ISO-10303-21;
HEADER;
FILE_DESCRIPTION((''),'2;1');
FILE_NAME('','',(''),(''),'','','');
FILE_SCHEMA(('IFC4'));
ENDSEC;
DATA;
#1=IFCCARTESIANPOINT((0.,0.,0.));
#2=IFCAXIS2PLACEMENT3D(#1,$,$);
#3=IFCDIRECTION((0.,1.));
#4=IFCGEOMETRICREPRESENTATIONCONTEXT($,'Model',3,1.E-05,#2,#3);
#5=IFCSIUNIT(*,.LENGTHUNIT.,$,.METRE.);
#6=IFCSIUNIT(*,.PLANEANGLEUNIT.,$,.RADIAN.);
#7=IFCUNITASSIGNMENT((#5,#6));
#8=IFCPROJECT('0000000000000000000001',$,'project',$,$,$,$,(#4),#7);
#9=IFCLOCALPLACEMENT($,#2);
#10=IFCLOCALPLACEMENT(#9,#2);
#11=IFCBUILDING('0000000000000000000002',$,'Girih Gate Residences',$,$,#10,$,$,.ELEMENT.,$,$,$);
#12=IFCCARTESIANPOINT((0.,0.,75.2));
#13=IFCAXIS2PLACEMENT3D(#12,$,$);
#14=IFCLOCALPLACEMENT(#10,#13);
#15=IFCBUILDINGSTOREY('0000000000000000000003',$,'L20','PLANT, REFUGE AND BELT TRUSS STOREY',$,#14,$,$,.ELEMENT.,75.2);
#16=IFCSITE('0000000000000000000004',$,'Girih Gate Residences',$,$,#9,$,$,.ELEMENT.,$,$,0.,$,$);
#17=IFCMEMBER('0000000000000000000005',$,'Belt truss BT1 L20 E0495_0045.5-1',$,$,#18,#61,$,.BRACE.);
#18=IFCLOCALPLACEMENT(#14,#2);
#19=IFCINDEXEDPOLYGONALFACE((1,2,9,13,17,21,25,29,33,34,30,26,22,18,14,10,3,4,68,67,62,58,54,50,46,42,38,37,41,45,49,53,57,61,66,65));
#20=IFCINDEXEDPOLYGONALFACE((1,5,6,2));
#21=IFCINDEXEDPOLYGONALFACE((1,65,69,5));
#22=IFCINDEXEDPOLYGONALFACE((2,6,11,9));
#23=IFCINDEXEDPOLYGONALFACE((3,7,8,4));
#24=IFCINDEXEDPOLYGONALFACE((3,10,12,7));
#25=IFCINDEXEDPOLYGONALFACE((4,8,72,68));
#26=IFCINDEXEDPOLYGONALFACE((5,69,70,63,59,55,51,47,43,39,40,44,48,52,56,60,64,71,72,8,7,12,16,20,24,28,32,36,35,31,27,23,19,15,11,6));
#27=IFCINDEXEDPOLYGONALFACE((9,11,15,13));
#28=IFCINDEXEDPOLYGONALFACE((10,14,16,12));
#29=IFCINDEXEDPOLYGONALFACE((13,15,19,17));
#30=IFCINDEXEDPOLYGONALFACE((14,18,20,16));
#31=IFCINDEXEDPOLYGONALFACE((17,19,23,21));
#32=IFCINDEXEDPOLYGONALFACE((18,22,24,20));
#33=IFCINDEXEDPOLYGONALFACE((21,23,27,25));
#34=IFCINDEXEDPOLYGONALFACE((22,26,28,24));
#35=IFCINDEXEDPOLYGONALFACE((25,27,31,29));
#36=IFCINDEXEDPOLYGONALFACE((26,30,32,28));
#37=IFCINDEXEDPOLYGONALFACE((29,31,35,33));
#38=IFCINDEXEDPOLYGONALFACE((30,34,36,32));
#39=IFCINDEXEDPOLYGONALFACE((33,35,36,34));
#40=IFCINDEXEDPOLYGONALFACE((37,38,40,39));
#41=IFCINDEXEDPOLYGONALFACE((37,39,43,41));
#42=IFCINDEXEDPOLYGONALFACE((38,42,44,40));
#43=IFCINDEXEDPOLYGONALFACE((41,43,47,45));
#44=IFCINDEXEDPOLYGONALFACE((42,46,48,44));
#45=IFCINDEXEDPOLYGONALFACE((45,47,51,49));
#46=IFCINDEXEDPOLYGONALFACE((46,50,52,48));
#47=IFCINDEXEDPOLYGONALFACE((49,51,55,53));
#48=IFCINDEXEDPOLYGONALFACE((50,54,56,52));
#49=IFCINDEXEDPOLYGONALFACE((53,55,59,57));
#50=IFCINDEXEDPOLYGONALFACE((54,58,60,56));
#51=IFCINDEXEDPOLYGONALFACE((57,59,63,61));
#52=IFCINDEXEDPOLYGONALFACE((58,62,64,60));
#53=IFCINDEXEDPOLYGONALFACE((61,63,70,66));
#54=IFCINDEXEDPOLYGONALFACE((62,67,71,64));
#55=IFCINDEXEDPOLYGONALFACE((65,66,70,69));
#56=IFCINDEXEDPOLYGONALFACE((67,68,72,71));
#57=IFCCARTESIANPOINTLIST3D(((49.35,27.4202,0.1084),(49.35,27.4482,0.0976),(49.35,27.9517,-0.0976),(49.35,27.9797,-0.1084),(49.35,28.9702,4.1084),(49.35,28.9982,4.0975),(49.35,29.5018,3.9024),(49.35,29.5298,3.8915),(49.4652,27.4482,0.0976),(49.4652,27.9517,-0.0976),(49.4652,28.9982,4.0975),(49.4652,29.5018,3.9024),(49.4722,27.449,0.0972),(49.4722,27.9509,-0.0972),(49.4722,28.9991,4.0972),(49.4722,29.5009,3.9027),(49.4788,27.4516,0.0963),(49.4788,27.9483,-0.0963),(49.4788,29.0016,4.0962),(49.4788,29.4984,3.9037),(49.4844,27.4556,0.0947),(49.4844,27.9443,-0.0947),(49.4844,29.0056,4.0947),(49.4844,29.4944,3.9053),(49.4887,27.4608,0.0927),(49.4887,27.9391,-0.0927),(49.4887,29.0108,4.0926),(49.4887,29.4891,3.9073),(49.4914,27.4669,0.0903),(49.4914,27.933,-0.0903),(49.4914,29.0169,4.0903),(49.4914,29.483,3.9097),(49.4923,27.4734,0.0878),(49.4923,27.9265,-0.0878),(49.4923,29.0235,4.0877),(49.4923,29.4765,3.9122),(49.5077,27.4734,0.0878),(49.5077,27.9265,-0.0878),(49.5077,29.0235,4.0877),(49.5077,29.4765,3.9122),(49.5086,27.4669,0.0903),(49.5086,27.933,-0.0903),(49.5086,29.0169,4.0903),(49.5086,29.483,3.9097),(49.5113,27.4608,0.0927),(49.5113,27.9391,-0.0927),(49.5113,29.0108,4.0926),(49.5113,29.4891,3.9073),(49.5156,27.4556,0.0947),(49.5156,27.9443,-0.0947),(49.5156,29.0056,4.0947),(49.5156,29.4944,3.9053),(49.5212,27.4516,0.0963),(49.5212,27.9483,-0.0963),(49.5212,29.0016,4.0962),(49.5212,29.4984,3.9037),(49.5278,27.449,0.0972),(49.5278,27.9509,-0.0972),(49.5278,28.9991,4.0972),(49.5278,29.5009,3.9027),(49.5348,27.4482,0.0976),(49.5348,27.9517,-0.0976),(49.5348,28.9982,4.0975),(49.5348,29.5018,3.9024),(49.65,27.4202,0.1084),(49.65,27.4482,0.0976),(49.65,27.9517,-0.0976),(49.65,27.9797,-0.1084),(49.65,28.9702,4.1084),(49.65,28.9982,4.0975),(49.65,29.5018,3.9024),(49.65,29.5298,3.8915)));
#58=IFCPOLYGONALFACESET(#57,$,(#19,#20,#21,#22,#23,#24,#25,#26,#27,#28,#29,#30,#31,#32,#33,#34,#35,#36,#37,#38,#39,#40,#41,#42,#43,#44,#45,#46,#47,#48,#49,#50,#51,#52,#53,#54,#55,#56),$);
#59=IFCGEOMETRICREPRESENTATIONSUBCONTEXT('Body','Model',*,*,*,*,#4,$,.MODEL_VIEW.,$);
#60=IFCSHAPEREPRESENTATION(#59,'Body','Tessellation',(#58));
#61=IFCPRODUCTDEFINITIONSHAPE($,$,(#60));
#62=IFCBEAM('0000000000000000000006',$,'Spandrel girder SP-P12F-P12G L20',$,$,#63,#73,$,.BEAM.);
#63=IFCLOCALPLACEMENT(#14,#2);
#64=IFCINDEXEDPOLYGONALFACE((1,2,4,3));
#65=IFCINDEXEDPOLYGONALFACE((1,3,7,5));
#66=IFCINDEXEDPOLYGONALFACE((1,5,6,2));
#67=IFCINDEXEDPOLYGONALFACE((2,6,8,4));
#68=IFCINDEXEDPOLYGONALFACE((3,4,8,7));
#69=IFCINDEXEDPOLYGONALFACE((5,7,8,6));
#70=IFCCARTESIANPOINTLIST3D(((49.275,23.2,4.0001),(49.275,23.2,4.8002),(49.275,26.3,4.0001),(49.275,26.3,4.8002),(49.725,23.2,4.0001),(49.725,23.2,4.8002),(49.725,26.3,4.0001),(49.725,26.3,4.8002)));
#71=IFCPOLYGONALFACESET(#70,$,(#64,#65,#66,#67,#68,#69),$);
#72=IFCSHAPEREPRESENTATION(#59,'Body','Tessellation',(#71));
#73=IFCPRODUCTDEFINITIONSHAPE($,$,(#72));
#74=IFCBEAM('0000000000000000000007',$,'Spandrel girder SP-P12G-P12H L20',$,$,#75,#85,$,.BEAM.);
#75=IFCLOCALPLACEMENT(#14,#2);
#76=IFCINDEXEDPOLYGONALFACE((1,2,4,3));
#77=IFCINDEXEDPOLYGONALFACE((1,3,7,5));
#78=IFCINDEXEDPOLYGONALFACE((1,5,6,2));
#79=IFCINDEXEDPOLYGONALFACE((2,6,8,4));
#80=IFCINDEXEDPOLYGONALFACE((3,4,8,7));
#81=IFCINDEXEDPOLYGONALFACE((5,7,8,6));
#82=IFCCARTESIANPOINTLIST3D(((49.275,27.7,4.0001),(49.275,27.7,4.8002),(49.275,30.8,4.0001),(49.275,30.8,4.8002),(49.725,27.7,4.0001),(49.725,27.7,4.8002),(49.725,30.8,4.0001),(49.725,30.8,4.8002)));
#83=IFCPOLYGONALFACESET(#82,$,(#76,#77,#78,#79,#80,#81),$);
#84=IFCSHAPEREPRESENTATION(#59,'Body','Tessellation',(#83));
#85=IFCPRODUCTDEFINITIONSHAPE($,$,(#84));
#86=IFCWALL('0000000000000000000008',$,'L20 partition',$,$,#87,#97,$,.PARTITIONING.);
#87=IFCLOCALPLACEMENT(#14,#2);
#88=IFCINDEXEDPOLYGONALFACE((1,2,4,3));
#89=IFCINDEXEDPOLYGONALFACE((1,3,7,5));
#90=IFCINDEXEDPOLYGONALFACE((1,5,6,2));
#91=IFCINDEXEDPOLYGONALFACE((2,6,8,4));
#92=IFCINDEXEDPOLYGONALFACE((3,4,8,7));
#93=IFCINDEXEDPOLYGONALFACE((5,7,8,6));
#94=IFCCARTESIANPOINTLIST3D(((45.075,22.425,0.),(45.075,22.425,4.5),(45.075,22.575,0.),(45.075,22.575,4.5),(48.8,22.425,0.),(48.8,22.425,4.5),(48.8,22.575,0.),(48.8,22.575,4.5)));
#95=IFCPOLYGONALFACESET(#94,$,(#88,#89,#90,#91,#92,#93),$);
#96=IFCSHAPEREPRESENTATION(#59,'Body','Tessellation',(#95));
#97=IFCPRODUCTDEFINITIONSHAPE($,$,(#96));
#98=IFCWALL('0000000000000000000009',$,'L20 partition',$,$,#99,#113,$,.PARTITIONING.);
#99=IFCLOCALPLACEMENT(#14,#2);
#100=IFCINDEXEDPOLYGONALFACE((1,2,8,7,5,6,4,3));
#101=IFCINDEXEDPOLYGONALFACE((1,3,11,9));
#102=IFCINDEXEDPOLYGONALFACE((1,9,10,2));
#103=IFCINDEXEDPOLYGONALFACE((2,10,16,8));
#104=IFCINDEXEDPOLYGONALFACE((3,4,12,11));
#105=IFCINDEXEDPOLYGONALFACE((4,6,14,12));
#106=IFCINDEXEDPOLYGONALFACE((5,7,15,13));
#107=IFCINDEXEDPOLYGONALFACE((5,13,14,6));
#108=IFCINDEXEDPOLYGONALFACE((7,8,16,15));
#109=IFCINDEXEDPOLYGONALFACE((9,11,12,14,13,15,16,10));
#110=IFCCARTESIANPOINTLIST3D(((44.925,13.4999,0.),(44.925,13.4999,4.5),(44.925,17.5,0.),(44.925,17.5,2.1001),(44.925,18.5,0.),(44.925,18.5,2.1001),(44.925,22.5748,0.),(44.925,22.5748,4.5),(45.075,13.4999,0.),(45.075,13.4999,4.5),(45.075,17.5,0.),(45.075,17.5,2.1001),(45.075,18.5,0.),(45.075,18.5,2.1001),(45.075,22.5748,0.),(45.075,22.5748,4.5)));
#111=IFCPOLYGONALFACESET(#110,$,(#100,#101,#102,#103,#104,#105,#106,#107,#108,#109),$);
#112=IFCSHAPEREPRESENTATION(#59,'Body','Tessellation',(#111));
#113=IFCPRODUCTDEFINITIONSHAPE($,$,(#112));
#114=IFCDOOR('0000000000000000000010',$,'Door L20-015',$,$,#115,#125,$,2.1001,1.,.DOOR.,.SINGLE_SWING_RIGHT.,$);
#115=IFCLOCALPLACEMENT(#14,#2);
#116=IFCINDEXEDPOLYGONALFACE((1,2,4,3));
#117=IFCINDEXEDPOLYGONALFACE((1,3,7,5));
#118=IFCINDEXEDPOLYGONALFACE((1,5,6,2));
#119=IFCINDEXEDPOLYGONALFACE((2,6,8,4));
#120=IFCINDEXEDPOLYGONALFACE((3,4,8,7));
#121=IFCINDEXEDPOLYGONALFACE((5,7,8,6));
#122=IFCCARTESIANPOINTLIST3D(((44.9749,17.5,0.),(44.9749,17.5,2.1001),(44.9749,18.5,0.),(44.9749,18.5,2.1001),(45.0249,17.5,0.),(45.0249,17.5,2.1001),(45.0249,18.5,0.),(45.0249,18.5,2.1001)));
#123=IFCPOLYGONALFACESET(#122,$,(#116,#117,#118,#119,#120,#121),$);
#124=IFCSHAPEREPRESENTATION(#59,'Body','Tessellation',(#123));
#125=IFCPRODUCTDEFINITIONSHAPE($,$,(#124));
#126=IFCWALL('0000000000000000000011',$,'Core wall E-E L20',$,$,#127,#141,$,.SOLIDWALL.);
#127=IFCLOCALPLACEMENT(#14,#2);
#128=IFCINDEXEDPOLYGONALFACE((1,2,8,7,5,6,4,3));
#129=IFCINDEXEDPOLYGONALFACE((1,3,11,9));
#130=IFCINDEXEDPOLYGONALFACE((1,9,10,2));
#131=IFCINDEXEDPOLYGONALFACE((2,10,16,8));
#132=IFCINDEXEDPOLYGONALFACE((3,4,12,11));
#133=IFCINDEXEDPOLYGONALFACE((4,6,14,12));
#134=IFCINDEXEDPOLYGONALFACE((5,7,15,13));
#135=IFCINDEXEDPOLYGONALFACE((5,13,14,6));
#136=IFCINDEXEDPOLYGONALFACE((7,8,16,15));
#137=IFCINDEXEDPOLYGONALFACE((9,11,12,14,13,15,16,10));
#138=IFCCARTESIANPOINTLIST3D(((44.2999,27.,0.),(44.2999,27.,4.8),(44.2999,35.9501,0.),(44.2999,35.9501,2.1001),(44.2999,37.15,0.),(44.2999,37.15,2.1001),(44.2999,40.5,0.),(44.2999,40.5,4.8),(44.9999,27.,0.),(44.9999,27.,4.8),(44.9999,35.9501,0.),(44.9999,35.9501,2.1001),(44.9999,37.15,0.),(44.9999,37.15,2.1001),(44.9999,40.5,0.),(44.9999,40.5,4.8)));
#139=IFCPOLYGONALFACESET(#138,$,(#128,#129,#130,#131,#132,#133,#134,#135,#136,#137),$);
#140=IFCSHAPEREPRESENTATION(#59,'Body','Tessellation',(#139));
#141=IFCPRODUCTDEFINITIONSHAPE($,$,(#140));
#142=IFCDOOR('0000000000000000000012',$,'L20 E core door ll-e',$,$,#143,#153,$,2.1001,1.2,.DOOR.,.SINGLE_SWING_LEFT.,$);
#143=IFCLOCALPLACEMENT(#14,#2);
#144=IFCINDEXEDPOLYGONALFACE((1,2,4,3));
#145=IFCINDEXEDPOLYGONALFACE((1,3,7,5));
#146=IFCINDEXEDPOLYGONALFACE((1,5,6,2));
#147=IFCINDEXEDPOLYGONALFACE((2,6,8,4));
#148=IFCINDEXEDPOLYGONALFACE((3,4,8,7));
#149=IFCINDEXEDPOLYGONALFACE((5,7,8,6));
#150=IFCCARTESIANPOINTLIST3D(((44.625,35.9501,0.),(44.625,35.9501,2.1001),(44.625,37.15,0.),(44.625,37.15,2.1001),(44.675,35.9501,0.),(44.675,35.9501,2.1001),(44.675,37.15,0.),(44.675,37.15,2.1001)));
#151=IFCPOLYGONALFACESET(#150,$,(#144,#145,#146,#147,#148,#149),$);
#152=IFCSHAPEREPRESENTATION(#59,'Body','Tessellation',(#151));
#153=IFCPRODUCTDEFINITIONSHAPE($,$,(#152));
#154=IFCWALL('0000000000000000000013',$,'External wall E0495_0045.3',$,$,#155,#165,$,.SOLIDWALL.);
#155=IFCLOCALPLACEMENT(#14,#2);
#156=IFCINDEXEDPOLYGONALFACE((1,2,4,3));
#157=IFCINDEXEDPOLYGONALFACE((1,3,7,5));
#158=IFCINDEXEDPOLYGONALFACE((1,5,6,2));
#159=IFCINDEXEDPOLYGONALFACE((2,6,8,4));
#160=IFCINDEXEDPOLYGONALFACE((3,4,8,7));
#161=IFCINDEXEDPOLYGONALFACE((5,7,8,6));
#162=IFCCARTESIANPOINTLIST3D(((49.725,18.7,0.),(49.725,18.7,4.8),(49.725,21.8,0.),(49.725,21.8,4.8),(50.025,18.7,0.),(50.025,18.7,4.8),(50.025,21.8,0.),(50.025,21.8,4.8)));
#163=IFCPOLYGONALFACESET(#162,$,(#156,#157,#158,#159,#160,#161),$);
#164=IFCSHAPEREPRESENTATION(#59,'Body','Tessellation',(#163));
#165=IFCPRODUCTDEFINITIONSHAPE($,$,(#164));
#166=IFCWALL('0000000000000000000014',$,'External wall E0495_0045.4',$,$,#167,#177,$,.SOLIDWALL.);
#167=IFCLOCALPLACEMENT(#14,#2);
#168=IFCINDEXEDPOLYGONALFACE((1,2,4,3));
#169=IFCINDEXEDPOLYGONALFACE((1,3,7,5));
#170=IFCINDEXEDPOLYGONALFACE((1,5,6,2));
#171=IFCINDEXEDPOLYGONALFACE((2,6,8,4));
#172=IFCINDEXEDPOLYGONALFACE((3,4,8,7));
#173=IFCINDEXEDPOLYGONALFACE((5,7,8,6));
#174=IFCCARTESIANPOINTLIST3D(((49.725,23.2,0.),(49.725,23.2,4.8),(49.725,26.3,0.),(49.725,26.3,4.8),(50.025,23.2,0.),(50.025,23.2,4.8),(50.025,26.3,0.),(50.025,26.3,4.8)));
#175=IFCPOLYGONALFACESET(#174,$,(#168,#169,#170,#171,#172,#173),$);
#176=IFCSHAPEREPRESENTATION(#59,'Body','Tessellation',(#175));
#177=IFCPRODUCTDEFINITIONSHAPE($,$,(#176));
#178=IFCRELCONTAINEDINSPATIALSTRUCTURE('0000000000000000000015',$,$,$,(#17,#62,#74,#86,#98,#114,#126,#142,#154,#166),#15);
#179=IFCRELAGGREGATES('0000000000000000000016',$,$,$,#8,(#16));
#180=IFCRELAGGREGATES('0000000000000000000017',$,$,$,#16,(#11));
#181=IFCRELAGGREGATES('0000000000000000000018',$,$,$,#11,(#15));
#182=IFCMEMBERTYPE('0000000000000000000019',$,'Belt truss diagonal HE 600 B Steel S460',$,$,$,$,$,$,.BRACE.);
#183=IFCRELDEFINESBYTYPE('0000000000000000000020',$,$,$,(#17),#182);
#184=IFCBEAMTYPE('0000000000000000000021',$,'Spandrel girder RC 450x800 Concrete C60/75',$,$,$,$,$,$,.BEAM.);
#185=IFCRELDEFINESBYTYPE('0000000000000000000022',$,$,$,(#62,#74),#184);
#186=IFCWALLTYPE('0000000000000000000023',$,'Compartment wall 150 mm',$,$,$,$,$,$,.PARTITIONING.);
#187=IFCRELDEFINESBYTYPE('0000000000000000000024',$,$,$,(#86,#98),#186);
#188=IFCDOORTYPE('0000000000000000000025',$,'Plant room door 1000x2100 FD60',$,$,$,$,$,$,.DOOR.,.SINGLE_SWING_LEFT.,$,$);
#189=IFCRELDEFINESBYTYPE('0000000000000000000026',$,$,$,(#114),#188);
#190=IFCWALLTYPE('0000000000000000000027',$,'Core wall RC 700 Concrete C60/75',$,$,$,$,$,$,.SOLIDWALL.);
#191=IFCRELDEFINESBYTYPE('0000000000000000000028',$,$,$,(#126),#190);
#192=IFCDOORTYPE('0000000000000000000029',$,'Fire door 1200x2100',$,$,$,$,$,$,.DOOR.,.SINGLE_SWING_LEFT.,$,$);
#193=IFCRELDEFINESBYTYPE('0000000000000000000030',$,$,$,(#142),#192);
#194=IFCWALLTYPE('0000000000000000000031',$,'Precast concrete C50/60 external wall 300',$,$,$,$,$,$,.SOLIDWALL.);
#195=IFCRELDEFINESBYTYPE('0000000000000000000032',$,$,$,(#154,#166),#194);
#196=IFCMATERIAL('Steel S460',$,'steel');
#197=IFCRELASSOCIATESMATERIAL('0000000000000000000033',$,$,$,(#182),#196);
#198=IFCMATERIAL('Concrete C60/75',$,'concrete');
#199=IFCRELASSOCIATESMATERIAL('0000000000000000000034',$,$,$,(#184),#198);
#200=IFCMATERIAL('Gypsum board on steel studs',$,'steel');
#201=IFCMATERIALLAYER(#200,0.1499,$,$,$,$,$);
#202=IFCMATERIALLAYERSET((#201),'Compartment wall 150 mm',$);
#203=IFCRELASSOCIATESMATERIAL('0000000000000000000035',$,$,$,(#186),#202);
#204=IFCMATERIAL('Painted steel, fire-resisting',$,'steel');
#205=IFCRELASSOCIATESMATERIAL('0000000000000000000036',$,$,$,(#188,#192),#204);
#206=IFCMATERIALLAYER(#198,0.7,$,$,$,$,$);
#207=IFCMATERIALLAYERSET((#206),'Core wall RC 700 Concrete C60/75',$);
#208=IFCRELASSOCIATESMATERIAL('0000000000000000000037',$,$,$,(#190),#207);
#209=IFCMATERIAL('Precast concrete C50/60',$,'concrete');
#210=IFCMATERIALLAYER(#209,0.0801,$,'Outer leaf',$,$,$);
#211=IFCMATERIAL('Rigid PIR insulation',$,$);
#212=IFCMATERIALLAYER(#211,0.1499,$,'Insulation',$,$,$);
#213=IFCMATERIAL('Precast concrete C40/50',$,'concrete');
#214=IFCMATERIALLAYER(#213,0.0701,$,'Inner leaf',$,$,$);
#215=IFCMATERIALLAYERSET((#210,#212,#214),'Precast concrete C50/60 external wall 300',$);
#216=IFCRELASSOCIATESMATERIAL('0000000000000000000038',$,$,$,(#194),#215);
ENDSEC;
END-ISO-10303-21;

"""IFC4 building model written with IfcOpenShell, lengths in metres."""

from ifc_helpers import new_model, si_unit, direction, frame, frame_2d, origin, origin_2d, place, context, subcontext, project, spatial, rectangle, i_section, extrude, material, layer, layer_set, material_profile, profile_set, type_object, element, fill, save


model = new_model("IFC4")

# Units and contexts
model_context = context("Model", 3, precision=1e-05, world=origin(), true_north=direction((0.0, 1.0)))
body_context = subcontext(model_context, "Body", "Model", "MODEL_VIEW")
ifc_project = project(units=[si_unit("LENGTHUNIT", "METRE"), si_unit("PLANEANGLEUNIT", "RADIAN")], contexts=[model_context])

# Site, building, storey
site_placement = place(None, origin())
site = spatial("IfcSite", under=ifc_project, at=site_placement, Name="Girih Gate Residences", CompositionType="ELEMENT", RefElevation=0.0)
building_placement = place(site_placement, origin())
building = spatial("IfcBuilding", under=site, at=building_placement, Name="Girih Gate Residences", CompositionType="ELEMENT")
storey_placement = place(building_placement, frame((0.0, 0.0, 75.2)))
storey = spatial("IfcBuildingStorey", under=building, at=storey_placement, Name="L20", Description="PLANT, REFUGE AND BELT TRUSS STOREY", CompositionType="ELEMENT", Elevation=75.2)

# Member
ifc_material_1 = material(Name="Steel S460", Category="steel")
ifc_material_profile_1 = material_profile(ifc_material_1, i_section(OverallWidth=0.3, OverallDepth=0.6001, WebThickness=0.0154, FlangeThickness=0.03, FilletRadius=0.0271, at=origin_2d()))
ifc_profile_set_1 = profile_set([ifc_material_profile_1], Name="Steel S460")
member_type = type_object("IfcMemberType", Name="Belt truss diagonal HE 600 B Steel S460", PredefinedType="BRACE", material=ifc_profile_set_1)
for number, where, z_axis, x_axis, name in (
    (1, (49.5, 27.7, 0.0), (0.0, 0.361331, 0.932438), (-1.0, 0.0, 0.0), "Belt truss BT1 L20 E0495_0045.5-1"),
):
    element("IfcMember", number, at=place(storey_placement, frame(where, z_axis=z_axis, x_axis=x_axis)), inside=storey, type_object=member_type, Name=name, PredefinedType="BRACE", context=body_context, shape_type="SweptSolid", body=[
        extrude(i_section(OverallWidth=0.3, OverallDepth=0.6001, WebThickness=0.0154, FlangeThickness=0.03, FilletRadius=0.0271, at=origin_2d()), origin(), (0.0, 0.0, 1.0), 4.2898),
    ])

# Beams
ifc_material_2 = material(Name="Concrete C60/75", Category="concrete")
ifc_material_profile_2 = material_profile(ifc_material_2, rectangle(XDim=0.45, YDim=0.8, at=origin_2d()))
ifc_profile_set_2 = profile_set([ifc_material_profile_2], Name="Concrete C60/75")
beam_type = type_object("IfcBeamType", Name="Spandrel girder RC 450x800 Concrete C60/75", PredefinedType="BEAM", material=ifc_profile_set_2)
for number, where, z_axis, x_axis, name in (
    (2, (49.5, 23.2, 4.4001), (0.0, 1.0, 0.0), (-1.0, 0.0, 0.0), "Spandrel girder SP-P12F-P12G L20"),
    (3, (49.5, 27.7, 4.4001), (0.0, 1.0, 0.0), (-1.0, 0.0, 0.0), "Spandrel girder SP-P12G-P12H L20"),
):
    element("IfcBeam", number, at=place(storey_placement, frame(where, z_axis=z_axis, x_axis=x_axis)), inside=storey, type_object=beam_type, Name=name, PredefinedType="BEAM", context=body_context, shape_type="SweptSolid", body=[
        extrude(rectangle(XDim=0.45, YDim=0.8, at=origin_2d()), origin(), (0.0, 0.0, 1.0), 3.1001),
    ])

# Wall
ifc_material_3 = material(Name="Gypsum board on steel studs", Category="steel")
ifc_layer_1 = layer(ifc_material_3, 0.1499)
ifc_layer_set_1 = layer_set([ifc_layer_1], Name="Compartment wall 150 mm")
wall_type_1 = type_object("IfcWallType", Name="Compartment wall 150 mm", PredefinedType="PARTITIONING", material=ifc_layer_set_1)
wall_1_placement = place(storey_placement, frame((45.075, 22.5, 0.0), z_axis=(0.0, 0.0, 1.0), x_axis=(1.0, 0.0, 0.0)))
element("IfcWall", 4, at=wall_1_placement, inside=storey, type_object=wall_type_1, Name="L20 partition", PredefinedType="PARTITIONING", context=body_context, shape_type="SweptSolid", body=[
    extrude(rectangle(XDim=3.7251, YDim=0.1499, at=frame_2d((1.8625, 0.0))), origin(), (0.0, 0.0, 1.0), 4.5),
])

# Walls, openings, doors
wall_2_placement = place(storey_placement, frame((45.0, 22.575, 0.0), z_axis=(0.0, 0.0, 1.0), x_axis=(0.0, -1.0, 0.0)))
wall_2 = element("IfcWall", 5, at=wall_2_placement, inside=storey, type_object=wall_type_1, Name="L20 partition", PredefinedType="PARTITIONING", context=body_context, shape_type="SweptSolid", body=[
    extrude(rectangle(XDim=9.075, YDim=0.1499, at=frame_2d((4.5376, 0.0))), origin(), (0.0, 0.0, 1.0), 4.5),
])
opening_1_placement = place(wall_2_placement, frame((4.075, 0.0, 0.0)))
opening_1 = element("IfcOpeningElement", 6, at=opening_1_placement, cuts=wall_2, PredefinedType="OPENING", context=body_context, shape_type="SweptSolid", body=[
    extrude(rectangle(XDim=1.0, YDim=2.1001, at=frame_2d((0.5, 1.05))), frame((0.0, 0.085, 0.0), z_axis=(0.0, -1.0, 0.0), x_axis=(1.0, 0.0, 0.0)), (0.0, 0.0, 1.0), 0.1699),
])
ifc_material_4 = material(Name="Painted steel, fire-resisting", Category="steel")
door_type_1 = type_object("IfcDoorType", Name="Plant room door 1000x2100 FD60", OperationType="SINGLE_SWING_LEFT", PredefinedType="DOOR", material=ifc_material_4)
door_1_placement = place(opening_1_placement, origin())
door_1 = element("IfcDoor", 7, at=door_1_placement, inside=storey, type_object=door_type_1, Name="Door L20-015", OperationType="SINGLE_SWING_RIGHT", OverallHeight=2.1001, OverallWidth=1.0, PredefinedType="DOOR", context=body_context, shape_type="SweptSolid", body=[
    extrude(rectangle(XDim=1.0, YDim=2.1001, at=frame_2d((0.5, 1.05))), frame((0.0, 0.0249, 0.0), z_axis=(0.0, -1.0, 0.0), x_axis=(1.0, 0.0, 0.0)), (0.0, 0.0, 1.0), 0.05),
])
fill(opening_1, door_1)
ifc_layer_2 = layer(ifc_material_2, 0.7)
ifc_layer_set_2 = layer_set([ifc_layer_2], Name="Core wall RC 700 Concrete C60/75")
wall_type_2 = type_object("IfcWallType", Name="Core wall RC 700 Concrete C60/75", PredefinedType="SOLIDWALL", material=ifc_layer_set_2)
wall_3_placement = place(storey_placement, frame((44.6499, 27.0, 0.0), z_axis=(0.0, 0.0, 1.0), x_axis=(0.0, 1.0, 0.0)))
wall_3 = element("IfcWall", 8, at=wall_3_placement, inside=storey, type_object=wall_type_2, Name="Core wall E-E L20", PredefinedType="SOLIDWALL", context=body_context, shape_type="SweptSolid", body=[
    extrude(rectangle(XDim=13.5, YDim=0.7, at=frame_2d((6.75, 0.0))), origin(), (0.0, 0.0, 1.0), 4.8),
])
opening_2_placement = place(wall_3_placement, frame((8.95, 0.0, 0.0)))
opening_2 = element("IfcOpeningElement", 9, at=opening_2_placement, cuts=wall_3, PredefinedType="OPENING", context=body_context, shape_type="SweptSolid", body=[
    extrude(rectangle(XDim=1.2, YDim=2.1001, at=frame_2d((0.6001, 1.05))), frame((0.0, 0.3599, 0.0), z_axis=(0.0, -1.0, 0.0), x_axis=(1.0, 0.0, 0.0)), (0.0, 0.0, 1.0), 0.72),
])
door_type_2 = type_object("IfcDoorType", Name="Fire door 1200x2100", OperationType="SINGLE_SWING_LEFT", PredefinedType="DOOR", material=ifc_material_4)
door_2_placement = place(opening_2_placement, origin())
door_2 = element("IfcDoor", 10, at=door_2_placement, inside=storey, type_object=door_type_2, Name="L20 E core door ll-e", OperationType="SINGLE_SWING_LEFT", OverallHeight=2.1001, OverallWidth=1.2, PredefinedType="DOOR", context=body_context, shape_type="SweptSolid", body=[
    extrude(rectangle(XDim=1.2, YDim=2.1001, at=frame_2d((0.6001, 1.05))), frame((0.0, 0.0249, 0.0), z_axis=(0.0, -1.0, 0.0), x_axis=(1.0, 0.0, 0.0)), (0.0, 0.0, 1.0), 0.05),
])
fill(opening_2, door_2)

# Walls
ifc_material_5 = material(Name="Precast concrete C50/60", Category="concrete")
ifc_layer_3 = layer(ifc_material_5, 0.0801, Name="Outer leaf")
ifc_material_6 = material(Name="Rigid PIR insulation")
ifc_layer_4 = layer(ifc_material_6, 0.1499, Name="Insulation")
ifc_material_7 = material(Name="Precast concrete C40/50", Category="concrete")
ifc_layer_5 = layer(ifc_material_7, 0.0701, Name="Inner leaf")
ifc_layer_set_3 = layer_set([ifc_layer_3, ifc_layer_4, ifc_layer_5], Name="Precast concrete C50/60 external wall 300")
wall_type_3 = type_object("IfcWallType", Name="Precast concrete C50/60 external wall 300", PredefinedType="SOLIDWALL", material=ifc_layer_set_3)
for number, where, z_axis, x_axis, name in (
    (11, (49.875, 21.8, 0.0), (0.0, 0.0, 1.0), (0.0, -1.0, 0.0), "External wall E0495_0045.3"),
    (12, (49.875, 26.3, 0.0), (0.0, 0.0, 1.0), (0.0, -1.0, 0.0), "External wall E0495_0045.4"),
):
    element("IfcWall", number, at=place(storey_placement, frame(where, z_axis=z_axis, x_axis=x_axis)), inside=storey, type_object=wall_type_3, Name=name, PredefinedType="SOLIDWALL", context=body_context, shape_type="SweptSolid", body=[
        extrude(rectangle(XDim=3.1001, YDim=0.3, at=frame_2d((1.55, 0.0))), origin(), (0.0, 0.0, 1.0), 4.8),
    ])

save(model, "model.ifc")
